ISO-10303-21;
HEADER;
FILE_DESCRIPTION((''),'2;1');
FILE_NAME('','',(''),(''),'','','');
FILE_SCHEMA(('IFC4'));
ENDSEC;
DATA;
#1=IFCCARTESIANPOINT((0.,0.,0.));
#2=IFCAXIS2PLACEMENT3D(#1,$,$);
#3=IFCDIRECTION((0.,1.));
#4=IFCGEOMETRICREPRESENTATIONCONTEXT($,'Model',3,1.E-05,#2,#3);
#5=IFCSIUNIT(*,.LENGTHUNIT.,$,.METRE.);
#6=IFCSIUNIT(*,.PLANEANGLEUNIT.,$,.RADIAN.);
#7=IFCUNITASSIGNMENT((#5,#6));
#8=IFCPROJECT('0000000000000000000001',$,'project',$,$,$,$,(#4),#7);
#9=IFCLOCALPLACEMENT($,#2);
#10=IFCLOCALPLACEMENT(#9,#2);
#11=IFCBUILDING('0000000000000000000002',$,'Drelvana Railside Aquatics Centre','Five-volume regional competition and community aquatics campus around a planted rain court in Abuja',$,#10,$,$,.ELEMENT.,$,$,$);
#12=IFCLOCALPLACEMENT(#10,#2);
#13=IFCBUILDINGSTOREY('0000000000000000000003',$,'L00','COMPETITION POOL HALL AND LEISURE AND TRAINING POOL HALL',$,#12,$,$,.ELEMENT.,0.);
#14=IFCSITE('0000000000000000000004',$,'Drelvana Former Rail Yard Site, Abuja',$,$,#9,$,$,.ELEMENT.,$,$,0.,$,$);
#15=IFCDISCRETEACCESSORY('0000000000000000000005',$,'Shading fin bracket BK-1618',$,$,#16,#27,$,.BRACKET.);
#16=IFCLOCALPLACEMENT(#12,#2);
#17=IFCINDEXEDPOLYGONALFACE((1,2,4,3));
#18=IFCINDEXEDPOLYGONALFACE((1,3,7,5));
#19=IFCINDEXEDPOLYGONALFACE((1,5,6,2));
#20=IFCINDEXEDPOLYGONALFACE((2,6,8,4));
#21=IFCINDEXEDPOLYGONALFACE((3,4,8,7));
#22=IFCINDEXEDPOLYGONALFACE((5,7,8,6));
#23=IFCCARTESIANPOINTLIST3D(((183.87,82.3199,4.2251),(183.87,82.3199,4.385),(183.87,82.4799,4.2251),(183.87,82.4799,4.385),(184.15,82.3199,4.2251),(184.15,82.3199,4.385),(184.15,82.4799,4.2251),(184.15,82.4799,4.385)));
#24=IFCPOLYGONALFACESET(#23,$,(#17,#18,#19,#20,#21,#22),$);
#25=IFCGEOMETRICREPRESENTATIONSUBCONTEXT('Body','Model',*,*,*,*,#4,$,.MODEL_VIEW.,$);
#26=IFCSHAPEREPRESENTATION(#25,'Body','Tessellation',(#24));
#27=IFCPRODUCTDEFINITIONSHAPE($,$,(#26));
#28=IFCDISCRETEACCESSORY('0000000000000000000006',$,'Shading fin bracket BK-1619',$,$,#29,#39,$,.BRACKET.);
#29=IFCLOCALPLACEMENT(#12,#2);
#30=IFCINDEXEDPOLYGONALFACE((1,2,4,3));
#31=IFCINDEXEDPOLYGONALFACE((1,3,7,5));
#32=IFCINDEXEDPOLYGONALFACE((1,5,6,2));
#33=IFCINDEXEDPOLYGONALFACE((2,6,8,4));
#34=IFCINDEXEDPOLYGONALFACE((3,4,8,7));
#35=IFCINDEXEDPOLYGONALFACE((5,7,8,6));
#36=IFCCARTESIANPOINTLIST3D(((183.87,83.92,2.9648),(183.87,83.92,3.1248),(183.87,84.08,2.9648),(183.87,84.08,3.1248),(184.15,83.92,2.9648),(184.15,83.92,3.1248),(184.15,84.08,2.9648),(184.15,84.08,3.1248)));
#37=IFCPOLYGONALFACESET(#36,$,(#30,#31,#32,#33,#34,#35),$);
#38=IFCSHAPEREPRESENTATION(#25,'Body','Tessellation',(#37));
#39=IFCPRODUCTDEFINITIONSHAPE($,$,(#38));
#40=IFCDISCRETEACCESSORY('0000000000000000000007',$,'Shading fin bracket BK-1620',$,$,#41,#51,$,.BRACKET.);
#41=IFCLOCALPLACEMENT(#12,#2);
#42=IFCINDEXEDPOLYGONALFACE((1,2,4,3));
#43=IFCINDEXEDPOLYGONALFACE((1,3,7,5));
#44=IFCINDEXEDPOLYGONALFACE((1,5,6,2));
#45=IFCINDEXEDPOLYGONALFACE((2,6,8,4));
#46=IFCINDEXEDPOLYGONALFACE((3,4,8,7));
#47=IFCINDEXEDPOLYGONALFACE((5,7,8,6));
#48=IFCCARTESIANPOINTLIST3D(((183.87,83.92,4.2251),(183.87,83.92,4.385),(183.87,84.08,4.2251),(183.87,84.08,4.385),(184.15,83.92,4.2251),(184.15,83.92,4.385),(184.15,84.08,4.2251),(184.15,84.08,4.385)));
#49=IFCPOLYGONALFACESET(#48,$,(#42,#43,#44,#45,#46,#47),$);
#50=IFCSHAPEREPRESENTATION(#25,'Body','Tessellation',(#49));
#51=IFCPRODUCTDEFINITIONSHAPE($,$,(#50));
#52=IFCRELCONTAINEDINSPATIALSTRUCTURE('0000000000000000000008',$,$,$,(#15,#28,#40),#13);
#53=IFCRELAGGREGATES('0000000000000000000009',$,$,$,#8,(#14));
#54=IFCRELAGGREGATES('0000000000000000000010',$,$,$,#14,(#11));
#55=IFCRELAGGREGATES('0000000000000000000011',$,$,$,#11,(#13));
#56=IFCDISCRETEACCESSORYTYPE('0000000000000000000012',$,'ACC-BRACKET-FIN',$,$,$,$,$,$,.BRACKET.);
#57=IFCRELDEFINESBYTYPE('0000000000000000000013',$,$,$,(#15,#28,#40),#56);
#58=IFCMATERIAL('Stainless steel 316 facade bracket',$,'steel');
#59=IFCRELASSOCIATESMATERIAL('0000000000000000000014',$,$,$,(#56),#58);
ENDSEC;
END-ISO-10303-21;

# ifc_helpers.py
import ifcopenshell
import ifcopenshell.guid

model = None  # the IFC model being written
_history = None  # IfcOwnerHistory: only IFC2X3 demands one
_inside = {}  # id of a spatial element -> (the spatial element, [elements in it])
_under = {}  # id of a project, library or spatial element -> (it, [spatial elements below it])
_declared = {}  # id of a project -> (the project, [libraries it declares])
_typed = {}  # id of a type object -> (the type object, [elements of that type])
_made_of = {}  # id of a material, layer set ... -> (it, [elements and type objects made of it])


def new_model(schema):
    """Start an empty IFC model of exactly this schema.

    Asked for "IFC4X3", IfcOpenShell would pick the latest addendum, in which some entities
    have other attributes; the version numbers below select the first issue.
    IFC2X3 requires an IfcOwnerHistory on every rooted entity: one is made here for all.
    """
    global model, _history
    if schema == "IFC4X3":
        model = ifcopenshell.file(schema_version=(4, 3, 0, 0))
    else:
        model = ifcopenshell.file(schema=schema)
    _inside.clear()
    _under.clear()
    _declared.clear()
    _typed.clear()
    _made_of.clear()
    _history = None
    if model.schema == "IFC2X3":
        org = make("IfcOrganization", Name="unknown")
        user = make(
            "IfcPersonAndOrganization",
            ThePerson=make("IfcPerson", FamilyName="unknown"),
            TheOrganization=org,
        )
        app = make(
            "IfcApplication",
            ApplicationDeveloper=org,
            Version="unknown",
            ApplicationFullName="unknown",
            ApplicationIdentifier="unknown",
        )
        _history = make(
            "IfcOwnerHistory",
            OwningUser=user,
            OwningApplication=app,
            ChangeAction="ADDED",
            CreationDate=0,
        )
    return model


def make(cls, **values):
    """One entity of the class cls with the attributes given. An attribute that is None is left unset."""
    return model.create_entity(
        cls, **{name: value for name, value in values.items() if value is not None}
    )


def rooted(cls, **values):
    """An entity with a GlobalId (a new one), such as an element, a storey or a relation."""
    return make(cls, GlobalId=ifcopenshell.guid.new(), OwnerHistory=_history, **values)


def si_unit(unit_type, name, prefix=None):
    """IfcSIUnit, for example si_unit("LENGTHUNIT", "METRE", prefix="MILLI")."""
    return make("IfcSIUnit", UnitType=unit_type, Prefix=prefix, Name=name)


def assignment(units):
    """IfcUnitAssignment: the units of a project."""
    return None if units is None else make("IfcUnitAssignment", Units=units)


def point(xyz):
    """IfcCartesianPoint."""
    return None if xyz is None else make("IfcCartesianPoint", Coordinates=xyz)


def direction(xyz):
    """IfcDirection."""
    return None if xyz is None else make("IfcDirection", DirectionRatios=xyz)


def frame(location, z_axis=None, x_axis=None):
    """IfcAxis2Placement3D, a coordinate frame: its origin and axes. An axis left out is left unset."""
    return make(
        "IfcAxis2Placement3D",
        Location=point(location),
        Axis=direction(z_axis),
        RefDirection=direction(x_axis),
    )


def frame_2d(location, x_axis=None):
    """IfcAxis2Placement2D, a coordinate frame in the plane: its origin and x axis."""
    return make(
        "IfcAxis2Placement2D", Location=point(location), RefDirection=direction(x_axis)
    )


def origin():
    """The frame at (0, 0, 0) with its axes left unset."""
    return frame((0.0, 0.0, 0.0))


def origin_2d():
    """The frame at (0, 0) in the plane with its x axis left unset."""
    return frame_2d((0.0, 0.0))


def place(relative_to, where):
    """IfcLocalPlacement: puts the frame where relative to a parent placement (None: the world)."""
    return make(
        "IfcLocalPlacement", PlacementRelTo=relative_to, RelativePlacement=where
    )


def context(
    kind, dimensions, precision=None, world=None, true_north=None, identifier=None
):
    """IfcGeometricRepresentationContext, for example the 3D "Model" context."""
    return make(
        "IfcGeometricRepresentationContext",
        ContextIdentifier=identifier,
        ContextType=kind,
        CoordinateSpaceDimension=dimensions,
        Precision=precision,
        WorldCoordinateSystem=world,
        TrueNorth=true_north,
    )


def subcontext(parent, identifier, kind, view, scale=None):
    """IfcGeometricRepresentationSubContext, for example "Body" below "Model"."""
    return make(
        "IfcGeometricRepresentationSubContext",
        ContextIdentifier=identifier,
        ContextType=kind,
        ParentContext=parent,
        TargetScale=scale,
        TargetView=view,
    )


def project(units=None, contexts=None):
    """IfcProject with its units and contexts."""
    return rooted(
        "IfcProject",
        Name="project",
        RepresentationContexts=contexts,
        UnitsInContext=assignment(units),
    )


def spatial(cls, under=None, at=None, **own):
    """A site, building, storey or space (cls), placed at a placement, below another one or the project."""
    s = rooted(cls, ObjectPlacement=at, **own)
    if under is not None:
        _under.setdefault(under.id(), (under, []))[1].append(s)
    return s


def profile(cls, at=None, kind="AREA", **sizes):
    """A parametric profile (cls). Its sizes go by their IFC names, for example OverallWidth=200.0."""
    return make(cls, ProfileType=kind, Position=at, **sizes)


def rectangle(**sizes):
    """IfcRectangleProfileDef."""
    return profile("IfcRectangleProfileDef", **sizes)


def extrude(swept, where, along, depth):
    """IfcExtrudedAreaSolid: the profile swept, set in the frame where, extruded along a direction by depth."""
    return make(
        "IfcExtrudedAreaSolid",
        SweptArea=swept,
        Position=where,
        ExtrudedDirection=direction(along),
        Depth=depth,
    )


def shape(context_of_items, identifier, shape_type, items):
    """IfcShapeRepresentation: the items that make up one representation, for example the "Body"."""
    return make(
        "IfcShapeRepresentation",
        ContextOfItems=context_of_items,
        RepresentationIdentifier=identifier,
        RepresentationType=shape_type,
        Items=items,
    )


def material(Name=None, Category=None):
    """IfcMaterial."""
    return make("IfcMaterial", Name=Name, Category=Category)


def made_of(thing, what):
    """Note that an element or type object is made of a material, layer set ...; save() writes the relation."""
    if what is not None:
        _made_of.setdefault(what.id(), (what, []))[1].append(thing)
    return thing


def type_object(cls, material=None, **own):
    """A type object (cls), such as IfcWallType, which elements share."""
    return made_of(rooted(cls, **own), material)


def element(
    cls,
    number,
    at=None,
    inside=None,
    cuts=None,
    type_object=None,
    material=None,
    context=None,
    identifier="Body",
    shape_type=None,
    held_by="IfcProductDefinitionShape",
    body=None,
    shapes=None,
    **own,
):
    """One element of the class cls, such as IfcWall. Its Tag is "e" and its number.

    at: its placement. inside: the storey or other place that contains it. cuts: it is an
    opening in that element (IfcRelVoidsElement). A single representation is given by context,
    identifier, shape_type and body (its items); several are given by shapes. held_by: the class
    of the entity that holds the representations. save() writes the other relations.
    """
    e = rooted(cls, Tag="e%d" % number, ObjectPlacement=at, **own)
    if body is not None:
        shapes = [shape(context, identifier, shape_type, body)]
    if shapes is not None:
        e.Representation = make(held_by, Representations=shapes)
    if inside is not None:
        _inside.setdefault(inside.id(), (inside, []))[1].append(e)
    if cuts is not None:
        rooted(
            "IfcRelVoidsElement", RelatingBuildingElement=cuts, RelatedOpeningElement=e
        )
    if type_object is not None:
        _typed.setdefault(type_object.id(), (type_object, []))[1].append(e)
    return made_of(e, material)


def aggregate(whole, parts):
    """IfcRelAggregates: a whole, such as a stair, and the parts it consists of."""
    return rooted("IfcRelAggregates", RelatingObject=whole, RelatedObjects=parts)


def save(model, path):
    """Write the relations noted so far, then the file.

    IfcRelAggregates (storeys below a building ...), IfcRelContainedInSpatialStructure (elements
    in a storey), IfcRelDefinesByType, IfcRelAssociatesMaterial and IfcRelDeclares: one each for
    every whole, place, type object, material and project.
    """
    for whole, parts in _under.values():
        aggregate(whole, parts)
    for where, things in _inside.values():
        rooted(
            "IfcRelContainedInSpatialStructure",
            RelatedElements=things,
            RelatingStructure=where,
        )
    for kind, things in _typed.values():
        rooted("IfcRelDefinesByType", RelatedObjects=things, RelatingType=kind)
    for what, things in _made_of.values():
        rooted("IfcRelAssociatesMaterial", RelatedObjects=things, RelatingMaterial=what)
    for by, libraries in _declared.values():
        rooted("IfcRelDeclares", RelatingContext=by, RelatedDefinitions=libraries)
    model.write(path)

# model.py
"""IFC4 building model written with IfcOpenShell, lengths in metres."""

from ifc_helpers import new_model, si_unit, direction, frame, origin, origin_2d, place, context, subcontext, project, spatial, rectangle, extrude, material, type_object, element, save


model = new_model("IFC4")

# Units and contexts
model_context = context("Model", 3, precision=1e-05, world=origin(), true_north=direction((0.0, 1.0)))
body_context = subcontext(model_context, "Body", "Model", "MODEL_VIEW")
ifc_project = project(units=[si_unit("LENGTHUNIT", "METRE"), si_unit("PLANEANGLEUNIT", "RADIAN")], contexts=[model_context])

# Site, building, storey
site_placement = place(None, origin())
site = spatial("IfcSite", under=ifc_project, at=site_placement, Name="Drelvana Former Rail Yard Site, Abuja", CompositionType="ELEMENT", RefElevation=0.0)
building_placement = place(site_placement, origin())
building = spatial("IfcBuilding", under=site, at=building_placement, Name="Drelvana Railside Aquatics Centre", Description="Five-volume regional competition and community aquatics campus around a planted rain court in Abuja", CompositionType="ELEMENT")
storey_placement = place(building_placement, origin())
storey = spatial("IfcBuildingStorey", under=building, at=storey_placement, Name="L00", Description="COMPETITION POOL HALL AND LEISURE AND TRAINING POOL HALL", CompositionType="ELEMENT", Elevation=0.0)

# Discrete accessories
ifc_material_1 = material(Name="Stainless steel 316 facade bracket", Category="steel")
discrete_accessory_type = type_object("IfcDiscreteAccessoryType", Name="ACC-BRACKET-FIN", PredefinedType="BRACKET", material=ifc_material_1)
for number, where, z_axis, x_axis, name in (
    (1, (184.01, 82.3999, 4.2251), (0.0, 0.0, 1.0), (1.0, 0.0, 0.0), "Shading fin bracket BK-1618"),
    (2, (184.01, 84.0, 2.9648), (0.0, 0.0, 1.0), (1.0, 0.0, 0.0), "Shading fin bracket BK-1619"),
    (3, (184.01, 84.0, 4.2251), (0.0, 0.0, 1.0), (1.0, 0.0, 0.0), "Shading fin bracket BK-1620"),
):
    element("IfcDiscreteAccessory", number, at=place(storey_placement, frame(where, z_axis=z_axis, x_axis=x_axis)), inside=storey, type_object=discrete_accessory_type, Name=name, PredefinedType="BRACKET", context=body_context, shape_type="SweptSolid", body=[
        extrude(rectangle(XDim=0.28, YDim=0.1599, at=origin_2d()), origin(), (0.0, 0.0, 1.0), 0.1599),
    ])

save(model, "model.ifc")
